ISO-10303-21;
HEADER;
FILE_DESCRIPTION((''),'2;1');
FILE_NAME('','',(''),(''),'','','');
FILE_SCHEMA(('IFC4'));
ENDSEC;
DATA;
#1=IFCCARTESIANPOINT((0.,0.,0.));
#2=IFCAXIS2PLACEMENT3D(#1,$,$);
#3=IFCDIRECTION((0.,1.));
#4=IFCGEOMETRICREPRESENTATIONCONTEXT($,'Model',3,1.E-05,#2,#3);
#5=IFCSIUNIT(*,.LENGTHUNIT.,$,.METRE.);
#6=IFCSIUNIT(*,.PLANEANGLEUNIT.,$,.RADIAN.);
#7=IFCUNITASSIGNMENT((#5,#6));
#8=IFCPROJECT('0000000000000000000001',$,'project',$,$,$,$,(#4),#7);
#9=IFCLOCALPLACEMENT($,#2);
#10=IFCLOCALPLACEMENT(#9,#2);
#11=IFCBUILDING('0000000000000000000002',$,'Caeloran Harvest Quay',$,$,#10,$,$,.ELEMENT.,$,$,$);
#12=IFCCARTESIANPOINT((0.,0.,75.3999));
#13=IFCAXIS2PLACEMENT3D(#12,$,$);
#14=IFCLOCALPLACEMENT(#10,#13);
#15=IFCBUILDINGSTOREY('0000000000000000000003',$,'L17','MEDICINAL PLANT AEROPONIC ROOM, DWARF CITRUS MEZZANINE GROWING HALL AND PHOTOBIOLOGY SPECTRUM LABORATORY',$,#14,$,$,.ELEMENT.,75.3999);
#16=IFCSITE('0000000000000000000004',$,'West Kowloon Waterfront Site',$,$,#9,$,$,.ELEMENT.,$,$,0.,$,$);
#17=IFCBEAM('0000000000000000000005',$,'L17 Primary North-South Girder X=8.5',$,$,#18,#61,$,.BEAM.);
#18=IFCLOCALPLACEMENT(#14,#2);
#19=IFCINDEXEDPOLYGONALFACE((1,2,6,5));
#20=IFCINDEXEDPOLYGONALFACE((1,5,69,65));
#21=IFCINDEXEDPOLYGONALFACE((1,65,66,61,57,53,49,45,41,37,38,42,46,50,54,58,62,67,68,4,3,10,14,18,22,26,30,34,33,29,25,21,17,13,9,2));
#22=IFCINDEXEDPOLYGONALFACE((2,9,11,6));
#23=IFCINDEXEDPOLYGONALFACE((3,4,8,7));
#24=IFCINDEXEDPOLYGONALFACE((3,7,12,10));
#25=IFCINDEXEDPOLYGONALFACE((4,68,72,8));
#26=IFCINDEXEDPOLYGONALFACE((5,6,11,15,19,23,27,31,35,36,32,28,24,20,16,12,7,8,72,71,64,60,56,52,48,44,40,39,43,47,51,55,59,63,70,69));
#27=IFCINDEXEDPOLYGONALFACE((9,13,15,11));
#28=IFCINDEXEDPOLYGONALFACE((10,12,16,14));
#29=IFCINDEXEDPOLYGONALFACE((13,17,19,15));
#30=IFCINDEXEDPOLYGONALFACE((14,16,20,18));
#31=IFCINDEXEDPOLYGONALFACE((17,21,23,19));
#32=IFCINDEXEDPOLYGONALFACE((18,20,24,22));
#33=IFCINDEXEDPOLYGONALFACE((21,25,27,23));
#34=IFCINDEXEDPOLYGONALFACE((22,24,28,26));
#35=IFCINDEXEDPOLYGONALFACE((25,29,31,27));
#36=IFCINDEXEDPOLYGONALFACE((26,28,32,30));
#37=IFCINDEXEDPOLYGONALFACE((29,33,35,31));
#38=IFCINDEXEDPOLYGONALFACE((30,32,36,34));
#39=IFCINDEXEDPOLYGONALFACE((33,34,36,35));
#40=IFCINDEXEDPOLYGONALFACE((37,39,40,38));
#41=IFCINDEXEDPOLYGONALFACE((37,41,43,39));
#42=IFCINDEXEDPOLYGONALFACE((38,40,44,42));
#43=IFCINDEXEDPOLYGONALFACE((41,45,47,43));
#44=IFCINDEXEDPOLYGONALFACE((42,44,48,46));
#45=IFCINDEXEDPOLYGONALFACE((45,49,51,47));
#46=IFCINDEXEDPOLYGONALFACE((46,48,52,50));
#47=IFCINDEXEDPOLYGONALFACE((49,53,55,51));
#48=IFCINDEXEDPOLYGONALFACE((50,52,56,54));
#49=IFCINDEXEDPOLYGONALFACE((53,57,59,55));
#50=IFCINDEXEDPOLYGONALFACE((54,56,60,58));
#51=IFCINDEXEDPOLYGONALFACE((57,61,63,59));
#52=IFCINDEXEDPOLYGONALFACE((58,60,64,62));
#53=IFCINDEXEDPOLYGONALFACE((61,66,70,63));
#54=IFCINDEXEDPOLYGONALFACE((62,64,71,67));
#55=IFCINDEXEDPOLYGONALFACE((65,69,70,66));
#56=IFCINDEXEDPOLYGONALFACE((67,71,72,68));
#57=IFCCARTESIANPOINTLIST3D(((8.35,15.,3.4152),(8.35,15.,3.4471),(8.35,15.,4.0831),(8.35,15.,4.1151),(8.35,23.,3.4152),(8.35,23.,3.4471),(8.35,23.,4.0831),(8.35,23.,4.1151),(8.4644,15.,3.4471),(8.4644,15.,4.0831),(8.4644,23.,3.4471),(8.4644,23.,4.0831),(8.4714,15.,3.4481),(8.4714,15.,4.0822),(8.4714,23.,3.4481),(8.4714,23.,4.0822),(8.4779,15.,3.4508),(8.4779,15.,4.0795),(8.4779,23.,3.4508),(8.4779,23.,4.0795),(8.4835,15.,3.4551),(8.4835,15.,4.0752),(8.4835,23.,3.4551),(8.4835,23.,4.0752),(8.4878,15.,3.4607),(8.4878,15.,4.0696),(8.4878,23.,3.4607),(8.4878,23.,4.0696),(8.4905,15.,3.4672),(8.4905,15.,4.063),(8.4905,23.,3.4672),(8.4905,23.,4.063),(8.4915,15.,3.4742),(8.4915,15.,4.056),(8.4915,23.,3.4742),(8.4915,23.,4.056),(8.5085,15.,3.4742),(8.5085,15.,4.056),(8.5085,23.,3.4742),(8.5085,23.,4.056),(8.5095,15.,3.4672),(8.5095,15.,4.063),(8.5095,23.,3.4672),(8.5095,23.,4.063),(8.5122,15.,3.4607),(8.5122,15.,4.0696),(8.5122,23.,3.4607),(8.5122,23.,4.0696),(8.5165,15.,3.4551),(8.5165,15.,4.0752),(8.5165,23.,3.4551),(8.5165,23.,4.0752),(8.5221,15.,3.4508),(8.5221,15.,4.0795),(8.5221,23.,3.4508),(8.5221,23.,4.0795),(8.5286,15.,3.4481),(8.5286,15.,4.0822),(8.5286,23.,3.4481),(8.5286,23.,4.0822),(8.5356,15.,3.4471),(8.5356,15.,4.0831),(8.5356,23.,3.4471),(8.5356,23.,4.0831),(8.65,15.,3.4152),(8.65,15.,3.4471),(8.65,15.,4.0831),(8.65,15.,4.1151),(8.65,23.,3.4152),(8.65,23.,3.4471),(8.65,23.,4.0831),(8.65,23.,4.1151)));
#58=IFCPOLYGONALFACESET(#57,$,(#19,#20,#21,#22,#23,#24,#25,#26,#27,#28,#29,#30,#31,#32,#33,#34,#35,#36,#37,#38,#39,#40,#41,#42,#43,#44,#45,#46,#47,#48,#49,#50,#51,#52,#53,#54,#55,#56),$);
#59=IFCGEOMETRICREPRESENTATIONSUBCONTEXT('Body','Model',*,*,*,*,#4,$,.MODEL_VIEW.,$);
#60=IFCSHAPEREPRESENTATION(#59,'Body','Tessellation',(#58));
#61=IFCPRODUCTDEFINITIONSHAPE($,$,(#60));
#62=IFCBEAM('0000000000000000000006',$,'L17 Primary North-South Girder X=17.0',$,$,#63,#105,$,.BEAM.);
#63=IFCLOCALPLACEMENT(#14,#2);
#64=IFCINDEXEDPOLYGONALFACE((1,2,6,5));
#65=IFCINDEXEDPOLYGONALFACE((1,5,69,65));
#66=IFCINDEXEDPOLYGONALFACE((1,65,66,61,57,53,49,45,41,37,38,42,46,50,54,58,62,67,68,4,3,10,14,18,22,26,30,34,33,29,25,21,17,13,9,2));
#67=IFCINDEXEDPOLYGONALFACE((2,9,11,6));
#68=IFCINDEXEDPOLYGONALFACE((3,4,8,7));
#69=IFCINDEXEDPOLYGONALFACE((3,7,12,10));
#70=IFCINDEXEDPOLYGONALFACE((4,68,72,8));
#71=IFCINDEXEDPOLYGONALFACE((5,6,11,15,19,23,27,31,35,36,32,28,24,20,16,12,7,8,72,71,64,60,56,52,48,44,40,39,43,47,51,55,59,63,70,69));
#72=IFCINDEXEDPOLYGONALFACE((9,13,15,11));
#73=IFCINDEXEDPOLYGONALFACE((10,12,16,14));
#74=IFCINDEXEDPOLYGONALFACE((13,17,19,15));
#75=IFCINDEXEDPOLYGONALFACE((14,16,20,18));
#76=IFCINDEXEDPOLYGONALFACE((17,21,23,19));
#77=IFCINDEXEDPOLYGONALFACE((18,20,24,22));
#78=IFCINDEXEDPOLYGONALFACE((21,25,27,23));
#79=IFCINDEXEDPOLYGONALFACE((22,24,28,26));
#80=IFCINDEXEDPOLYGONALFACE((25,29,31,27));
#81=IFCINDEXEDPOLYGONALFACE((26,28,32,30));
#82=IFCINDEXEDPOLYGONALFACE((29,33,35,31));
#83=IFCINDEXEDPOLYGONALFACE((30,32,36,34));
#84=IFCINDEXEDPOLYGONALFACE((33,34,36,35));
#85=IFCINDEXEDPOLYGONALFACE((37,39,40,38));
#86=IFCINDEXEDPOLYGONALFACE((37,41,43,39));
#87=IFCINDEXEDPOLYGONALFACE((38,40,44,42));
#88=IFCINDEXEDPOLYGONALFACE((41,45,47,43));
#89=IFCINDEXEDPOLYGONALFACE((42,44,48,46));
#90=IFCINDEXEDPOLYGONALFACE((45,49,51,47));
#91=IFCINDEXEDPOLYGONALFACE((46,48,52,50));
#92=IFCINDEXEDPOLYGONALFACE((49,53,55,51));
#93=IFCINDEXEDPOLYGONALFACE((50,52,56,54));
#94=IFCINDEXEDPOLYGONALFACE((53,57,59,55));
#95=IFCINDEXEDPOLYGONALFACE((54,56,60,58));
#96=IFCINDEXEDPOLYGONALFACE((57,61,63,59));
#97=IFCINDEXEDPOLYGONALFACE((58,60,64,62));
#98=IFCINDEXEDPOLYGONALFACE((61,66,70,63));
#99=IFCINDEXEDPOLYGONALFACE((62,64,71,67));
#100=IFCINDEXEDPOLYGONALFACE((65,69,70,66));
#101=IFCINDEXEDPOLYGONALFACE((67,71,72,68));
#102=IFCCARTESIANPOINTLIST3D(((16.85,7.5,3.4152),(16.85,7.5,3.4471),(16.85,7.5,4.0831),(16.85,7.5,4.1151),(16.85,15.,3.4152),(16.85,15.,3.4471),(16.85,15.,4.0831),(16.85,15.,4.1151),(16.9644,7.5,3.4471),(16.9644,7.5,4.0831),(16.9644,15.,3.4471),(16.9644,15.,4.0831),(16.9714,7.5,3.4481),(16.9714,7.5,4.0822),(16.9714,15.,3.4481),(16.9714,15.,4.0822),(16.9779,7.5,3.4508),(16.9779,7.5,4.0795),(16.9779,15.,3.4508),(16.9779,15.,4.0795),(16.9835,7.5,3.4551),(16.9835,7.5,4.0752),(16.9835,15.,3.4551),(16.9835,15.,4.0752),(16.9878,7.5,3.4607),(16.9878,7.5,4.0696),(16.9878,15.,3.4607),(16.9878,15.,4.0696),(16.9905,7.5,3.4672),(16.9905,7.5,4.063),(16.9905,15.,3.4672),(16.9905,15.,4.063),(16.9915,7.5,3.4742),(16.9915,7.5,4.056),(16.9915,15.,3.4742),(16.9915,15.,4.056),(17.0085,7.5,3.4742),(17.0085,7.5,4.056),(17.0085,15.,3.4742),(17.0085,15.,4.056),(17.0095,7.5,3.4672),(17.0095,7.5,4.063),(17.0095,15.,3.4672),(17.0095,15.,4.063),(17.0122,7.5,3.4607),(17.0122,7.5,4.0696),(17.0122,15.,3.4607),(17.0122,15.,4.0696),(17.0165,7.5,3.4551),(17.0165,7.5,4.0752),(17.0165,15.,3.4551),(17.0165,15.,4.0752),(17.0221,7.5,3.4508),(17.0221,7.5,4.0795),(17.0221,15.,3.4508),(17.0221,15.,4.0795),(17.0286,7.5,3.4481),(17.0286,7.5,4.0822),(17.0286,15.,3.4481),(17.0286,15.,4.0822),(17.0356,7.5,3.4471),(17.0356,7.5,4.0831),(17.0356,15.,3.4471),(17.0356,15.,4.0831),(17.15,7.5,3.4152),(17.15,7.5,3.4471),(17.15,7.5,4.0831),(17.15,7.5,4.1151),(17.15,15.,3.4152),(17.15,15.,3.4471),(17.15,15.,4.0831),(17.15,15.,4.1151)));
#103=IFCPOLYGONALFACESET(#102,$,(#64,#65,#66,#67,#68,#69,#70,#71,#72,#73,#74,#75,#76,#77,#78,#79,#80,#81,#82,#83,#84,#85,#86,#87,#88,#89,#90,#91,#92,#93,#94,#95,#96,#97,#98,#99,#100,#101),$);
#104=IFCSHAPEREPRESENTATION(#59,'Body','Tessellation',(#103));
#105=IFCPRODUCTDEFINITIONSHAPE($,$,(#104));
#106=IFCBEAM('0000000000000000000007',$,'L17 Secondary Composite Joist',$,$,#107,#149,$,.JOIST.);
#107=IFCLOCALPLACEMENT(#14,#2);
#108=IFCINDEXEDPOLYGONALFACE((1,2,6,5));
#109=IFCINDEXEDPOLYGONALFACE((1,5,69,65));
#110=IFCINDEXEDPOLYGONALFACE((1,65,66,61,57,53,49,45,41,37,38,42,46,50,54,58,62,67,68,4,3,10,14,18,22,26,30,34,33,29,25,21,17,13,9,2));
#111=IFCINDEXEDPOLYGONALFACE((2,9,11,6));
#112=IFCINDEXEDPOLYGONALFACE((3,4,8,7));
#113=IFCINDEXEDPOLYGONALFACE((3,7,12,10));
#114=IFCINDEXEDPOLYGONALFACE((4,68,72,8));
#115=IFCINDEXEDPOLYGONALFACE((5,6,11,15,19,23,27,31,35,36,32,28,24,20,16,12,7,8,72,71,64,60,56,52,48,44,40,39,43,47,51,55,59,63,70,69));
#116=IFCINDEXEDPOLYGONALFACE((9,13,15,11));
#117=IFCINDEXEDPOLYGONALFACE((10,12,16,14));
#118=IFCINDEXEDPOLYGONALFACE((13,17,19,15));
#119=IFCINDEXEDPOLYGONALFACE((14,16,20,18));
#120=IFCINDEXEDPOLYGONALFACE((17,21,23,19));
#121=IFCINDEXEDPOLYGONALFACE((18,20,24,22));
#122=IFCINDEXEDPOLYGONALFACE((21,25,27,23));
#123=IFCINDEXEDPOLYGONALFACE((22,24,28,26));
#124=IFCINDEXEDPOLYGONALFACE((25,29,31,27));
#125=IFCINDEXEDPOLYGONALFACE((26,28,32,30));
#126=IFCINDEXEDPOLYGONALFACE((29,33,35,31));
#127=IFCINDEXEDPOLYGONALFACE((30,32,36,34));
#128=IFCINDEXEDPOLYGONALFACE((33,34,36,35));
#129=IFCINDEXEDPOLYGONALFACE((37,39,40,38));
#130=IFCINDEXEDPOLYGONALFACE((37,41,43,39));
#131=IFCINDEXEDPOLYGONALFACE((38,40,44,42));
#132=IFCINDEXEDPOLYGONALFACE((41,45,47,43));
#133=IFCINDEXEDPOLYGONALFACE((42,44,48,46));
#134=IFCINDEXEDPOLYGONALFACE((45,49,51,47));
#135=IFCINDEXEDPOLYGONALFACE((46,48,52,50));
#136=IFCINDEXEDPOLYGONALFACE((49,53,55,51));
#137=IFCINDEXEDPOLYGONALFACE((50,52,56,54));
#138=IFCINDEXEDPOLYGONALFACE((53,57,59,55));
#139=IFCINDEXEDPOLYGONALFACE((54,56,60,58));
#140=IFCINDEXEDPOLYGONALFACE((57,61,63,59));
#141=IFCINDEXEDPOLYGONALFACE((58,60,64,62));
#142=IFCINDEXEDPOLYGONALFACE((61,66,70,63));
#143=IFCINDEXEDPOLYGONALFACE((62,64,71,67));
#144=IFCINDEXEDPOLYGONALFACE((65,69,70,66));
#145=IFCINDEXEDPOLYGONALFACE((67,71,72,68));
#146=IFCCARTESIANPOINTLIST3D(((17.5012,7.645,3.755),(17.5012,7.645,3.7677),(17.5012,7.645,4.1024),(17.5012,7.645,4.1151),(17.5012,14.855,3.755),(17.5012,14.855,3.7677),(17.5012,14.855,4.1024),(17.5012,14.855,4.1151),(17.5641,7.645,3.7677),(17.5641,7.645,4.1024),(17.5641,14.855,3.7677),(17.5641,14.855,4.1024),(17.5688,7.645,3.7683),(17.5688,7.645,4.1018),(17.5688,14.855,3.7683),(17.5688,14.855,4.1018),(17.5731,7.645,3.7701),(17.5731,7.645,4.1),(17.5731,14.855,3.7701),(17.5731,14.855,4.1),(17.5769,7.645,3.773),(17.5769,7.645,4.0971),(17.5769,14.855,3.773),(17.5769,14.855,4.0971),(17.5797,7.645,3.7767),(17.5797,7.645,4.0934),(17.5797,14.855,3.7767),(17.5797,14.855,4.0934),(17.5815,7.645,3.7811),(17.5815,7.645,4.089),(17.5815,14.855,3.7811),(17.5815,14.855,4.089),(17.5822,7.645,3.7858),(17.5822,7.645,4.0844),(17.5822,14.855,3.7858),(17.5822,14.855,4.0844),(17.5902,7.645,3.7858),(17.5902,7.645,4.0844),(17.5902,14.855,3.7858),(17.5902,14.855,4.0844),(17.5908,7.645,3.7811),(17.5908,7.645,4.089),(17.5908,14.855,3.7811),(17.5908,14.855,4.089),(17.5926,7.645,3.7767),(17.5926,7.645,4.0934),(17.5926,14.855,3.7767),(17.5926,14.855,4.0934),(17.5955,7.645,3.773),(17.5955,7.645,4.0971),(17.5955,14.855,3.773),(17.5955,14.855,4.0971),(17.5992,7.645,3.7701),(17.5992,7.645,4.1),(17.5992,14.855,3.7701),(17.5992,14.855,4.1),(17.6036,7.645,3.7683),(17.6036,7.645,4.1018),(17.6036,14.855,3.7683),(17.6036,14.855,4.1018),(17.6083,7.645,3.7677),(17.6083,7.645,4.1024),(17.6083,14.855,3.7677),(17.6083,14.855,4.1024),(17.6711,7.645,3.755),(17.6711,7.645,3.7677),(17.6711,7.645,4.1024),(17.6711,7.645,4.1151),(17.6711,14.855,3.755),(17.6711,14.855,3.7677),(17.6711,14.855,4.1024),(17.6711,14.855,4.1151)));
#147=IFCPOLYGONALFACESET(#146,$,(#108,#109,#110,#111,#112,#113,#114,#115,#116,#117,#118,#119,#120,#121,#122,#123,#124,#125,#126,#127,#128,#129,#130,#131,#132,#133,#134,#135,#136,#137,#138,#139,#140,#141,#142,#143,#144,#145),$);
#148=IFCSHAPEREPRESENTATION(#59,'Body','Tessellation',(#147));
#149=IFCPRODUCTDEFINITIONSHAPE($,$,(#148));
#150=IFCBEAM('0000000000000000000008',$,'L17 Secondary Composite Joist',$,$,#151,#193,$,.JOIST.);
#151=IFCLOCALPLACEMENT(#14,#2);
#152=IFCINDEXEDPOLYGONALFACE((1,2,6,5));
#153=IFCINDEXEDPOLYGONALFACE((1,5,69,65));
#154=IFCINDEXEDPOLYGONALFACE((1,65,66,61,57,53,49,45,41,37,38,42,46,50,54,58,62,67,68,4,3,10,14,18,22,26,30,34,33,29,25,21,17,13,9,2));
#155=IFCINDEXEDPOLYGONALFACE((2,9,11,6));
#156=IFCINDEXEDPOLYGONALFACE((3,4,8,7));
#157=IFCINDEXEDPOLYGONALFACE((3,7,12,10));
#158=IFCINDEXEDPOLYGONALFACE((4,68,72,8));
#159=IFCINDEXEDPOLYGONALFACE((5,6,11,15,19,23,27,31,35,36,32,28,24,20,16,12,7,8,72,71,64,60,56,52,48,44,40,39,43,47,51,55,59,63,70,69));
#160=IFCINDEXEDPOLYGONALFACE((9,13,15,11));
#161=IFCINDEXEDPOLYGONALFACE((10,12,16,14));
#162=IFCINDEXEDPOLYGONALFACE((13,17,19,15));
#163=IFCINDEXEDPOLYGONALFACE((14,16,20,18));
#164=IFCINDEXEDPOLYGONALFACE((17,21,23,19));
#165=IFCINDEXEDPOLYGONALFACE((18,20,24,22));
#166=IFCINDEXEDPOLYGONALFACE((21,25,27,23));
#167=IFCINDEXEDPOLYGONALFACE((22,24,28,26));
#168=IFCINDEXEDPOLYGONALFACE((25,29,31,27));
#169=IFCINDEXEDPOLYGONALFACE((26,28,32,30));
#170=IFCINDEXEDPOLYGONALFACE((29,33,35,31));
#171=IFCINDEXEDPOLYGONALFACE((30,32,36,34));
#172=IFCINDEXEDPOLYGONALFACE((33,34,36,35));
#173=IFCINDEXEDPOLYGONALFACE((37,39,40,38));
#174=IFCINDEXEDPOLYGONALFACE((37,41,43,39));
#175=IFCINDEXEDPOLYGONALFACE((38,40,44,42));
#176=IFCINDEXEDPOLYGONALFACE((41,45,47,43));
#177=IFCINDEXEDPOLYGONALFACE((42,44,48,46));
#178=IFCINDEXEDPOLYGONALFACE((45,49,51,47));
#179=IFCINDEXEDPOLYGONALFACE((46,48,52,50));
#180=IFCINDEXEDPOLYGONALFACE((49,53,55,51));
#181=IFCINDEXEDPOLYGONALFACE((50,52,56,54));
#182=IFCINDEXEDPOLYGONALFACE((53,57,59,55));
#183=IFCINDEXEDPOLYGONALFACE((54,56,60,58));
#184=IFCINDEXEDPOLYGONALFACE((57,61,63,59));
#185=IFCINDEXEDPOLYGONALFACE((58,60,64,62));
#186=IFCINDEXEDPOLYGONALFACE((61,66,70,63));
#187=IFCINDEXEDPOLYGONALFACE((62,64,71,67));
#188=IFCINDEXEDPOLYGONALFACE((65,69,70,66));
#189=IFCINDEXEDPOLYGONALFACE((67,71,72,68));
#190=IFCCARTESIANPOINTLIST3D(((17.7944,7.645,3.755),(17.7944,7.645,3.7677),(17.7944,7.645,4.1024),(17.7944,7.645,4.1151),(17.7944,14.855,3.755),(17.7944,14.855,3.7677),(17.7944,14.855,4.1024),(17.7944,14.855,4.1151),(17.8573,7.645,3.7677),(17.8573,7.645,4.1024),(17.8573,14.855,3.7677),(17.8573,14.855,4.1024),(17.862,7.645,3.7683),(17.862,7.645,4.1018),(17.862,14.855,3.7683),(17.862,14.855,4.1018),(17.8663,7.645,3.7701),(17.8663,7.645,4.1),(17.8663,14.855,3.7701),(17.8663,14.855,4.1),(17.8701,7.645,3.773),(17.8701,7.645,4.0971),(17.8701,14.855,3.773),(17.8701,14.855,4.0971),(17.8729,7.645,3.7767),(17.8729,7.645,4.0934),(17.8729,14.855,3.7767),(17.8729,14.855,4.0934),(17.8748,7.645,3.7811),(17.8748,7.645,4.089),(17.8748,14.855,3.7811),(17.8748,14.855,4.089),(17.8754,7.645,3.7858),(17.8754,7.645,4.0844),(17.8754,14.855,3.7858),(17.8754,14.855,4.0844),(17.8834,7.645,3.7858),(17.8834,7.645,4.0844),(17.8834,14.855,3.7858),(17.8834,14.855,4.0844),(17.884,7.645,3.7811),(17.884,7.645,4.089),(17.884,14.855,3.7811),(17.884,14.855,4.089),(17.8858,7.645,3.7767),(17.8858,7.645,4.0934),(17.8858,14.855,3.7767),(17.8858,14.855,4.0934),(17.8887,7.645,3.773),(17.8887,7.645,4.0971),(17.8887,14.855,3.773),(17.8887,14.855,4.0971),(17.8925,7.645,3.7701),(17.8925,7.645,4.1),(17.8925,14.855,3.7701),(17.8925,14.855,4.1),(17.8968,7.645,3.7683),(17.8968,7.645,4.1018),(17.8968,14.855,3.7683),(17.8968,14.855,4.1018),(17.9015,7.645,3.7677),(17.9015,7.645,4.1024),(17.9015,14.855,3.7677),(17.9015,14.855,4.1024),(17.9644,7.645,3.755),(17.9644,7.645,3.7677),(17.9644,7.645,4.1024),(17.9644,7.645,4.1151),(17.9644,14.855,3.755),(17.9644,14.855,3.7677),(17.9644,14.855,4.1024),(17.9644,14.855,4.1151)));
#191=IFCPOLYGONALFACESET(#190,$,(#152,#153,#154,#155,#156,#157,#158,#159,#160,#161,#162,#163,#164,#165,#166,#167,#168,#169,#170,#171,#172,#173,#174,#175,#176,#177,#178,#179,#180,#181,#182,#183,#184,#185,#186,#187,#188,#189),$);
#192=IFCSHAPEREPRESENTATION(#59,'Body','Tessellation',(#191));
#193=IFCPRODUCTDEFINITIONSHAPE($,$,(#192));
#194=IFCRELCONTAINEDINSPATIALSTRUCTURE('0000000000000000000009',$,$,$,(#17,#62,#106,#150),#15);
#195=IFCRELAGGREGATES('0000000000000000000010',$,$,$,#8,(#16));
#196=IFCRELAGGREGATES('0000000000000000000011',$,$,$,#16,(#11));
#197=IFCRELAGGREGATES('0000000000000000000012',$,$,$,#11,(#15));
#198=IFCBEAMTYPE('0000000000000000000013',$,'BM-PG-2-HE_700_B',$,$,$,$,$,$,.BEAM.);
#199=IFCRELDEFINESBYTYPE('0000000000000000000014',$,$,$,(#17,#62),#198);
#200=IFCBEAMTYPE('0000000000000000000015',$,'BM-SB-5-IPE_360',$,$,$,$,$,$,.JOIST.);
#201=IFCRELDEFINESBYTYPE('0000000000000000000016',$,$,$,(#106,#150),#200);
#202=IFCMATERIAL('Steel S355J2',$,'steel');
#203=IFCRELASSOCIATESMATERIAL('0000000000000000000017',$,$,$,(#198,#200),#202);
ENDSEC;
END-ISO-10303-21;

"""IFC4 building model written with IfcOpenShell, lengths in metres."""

from ifc_helpers import new_model, si_unit, direction, frame, origin, origin_2d, place, context, subcontext, project, spatial, i_section, extrude, material, material_profile, profile_set, type_object, element, save


model = new_model("IFC4")

# Units and contexts
model_context = context("Model", 3, precision=1e-05, world=origin(), true_north=direction((0.0, 1.0)))
body_context = subcontext(model_context, "Body", "Model", "MODEL_VIEW")
ifc_project = project(units=[si_unit("LENGTHUNIT", "METRE"), si_unit("PLANEANGLEUNIT", "RADIAN")], contexts=[model_context])

# Site, building, storey
site_placement = place(None, origin())
site = spatial("IfcSite", under=ifc_project, at=site_placement, Name="West Kowloon Waterfront Site", CompositionType="ELEMENT", RefElevation=0.0)
building_placement = place(site_placement, origin())
building = spatial("IfcBuilding", under=site, at=building_placement, Name="Caeloran Harvest Quay", CompositionType="ELEMENT")
storey_placement = place(building_placement, frame((0.0, 0.0, 75.3999)))
storey = spatial("IfcBuildingStorey", under=building, at=storey_placement, Name="L17", Description="MEDICINAL PLANT AEROPONIC ROOM, DWARF CITRUS MEZZANINE GROWING HALL AND PHOTOBIOLOGY SPECTRUM LABORATORY", CompositionType="ELEMENT", Elevation=75.3999)

# Beams
ifc_material_1 = material(Name="Steel S355J2", Category="steel")
ifc_material_profile_1 = material_profile(ifc_material_1, i_section(OverallWidth=0.3, OverallDepth=0.7, WebThickness=0.0171, FlangeThickness=0.032, FilletRadius=0.0271, at=origin_2d()), Name="HE 700 B")
ifc_profile_set_1 = profile_set([ifc_material_profile_1], Name="Steel S355J2")
beam_type_1 = type_object("IfcBeamType", Name="BM-PG-2-HE_700_B", PredefinedType="BEAM", material=ifc_profile_set_1)
beam_1_placement = place(storey_placement, frame((8.5, 15.0, 3.7651), z_axis=(0.0, 1.0, 0.0), x_axis=(-1.0, 0.0, 0.0)))
element("IfcBeam", 1, at=beam_1_placement, inside=storey, type_object=beam_type_1, Name="L17 Primary North-South Girder X=8.5", PredefinedType="BEAM", context=body_context, shape_type="SweptSolid", body=[
    extrude(i_section(OverallWidth=0.3, OverallDepth=0.7, WebThickness=0.0171, FlangeThickness=0.032, FilletRadius=0.0271, at=origin_2d()), origin(), (0.0, 0.0, 1.0), 8.0),
])
beam_2_placement = place(storey_placement, frame((17.0, 7.5, 3.7651), z_axis=(0.0, 1.0, 0.0), x_axis=(-1.0, 0.0, 0.0)))
element("IfcBeam", 2, at=beam_2_placement, inside=storey, type_object=beam_type_1, Name="L17 Primary North-South Girder X=17.0", PredefinedType="BEAM", context=body_context, shape_type="SweptSolid", body=[
    extrude(i_section(OverallWidth=0.3, OverallDepth=0.7, WebThickness=0.0171, FlangeThickness=0.032, FilletRadius=0.0271, at=origin_2d()), origin(), (0.0, 0.0, 1.0), 7.5),
])
ifc_material_profile_2 = material_profile(ifc_material_1, i_section(OverallWidth=0.1699, OverallDepth=0.3601, WebThickness=0.0081, FlangeThickness=0.0127, FilletRadius=0.0181, at=origin_2d()), Name="IPE 360")
ifc_profile_set_2 = profile_set([ifc_material_profile_2], Name="Steel S355J2")
beam_type_2 = type_object("IfcBeamType", Name="BM-SB-5-IPE_360", PredefinedType="JOIST", material=ifc_profile_set_2)
for number, where, z_axis, x_axis, name in (
    (3, (17.5862, 7.645, 3.9351), (0.0, 1.0, 0.0), (-1.0, 0.0, 0.0), "L17 Secondary Composite Joist"),
    (4, (17.8794, 7.645, 3.9351), (0.0, 1.0, 0.0), (-1.0, 0.0, 0.0), "L17 Secondary Composite Joist"),
):
    element("IfcBeam", number, at=place(storey_placement, frame(where, z_axis=z_axis, x_axis=x_axis)), inside=storey, type_object=beam_type_2, Name=name, PredefinedType="JOIST", context=body_context, shape_type="SweptSolid", body=[
        extrude(i_section(OverallWidth=0.1699, OverallDepth=0.3601, WebThickness=0.0081, FlangeThickness=0.0127, FilletRadius=0.0181, at=origin_2d()), origin(), (0.0, 0.0, 1.0), 7.21),
    ])

save(model, "model.ifc")
